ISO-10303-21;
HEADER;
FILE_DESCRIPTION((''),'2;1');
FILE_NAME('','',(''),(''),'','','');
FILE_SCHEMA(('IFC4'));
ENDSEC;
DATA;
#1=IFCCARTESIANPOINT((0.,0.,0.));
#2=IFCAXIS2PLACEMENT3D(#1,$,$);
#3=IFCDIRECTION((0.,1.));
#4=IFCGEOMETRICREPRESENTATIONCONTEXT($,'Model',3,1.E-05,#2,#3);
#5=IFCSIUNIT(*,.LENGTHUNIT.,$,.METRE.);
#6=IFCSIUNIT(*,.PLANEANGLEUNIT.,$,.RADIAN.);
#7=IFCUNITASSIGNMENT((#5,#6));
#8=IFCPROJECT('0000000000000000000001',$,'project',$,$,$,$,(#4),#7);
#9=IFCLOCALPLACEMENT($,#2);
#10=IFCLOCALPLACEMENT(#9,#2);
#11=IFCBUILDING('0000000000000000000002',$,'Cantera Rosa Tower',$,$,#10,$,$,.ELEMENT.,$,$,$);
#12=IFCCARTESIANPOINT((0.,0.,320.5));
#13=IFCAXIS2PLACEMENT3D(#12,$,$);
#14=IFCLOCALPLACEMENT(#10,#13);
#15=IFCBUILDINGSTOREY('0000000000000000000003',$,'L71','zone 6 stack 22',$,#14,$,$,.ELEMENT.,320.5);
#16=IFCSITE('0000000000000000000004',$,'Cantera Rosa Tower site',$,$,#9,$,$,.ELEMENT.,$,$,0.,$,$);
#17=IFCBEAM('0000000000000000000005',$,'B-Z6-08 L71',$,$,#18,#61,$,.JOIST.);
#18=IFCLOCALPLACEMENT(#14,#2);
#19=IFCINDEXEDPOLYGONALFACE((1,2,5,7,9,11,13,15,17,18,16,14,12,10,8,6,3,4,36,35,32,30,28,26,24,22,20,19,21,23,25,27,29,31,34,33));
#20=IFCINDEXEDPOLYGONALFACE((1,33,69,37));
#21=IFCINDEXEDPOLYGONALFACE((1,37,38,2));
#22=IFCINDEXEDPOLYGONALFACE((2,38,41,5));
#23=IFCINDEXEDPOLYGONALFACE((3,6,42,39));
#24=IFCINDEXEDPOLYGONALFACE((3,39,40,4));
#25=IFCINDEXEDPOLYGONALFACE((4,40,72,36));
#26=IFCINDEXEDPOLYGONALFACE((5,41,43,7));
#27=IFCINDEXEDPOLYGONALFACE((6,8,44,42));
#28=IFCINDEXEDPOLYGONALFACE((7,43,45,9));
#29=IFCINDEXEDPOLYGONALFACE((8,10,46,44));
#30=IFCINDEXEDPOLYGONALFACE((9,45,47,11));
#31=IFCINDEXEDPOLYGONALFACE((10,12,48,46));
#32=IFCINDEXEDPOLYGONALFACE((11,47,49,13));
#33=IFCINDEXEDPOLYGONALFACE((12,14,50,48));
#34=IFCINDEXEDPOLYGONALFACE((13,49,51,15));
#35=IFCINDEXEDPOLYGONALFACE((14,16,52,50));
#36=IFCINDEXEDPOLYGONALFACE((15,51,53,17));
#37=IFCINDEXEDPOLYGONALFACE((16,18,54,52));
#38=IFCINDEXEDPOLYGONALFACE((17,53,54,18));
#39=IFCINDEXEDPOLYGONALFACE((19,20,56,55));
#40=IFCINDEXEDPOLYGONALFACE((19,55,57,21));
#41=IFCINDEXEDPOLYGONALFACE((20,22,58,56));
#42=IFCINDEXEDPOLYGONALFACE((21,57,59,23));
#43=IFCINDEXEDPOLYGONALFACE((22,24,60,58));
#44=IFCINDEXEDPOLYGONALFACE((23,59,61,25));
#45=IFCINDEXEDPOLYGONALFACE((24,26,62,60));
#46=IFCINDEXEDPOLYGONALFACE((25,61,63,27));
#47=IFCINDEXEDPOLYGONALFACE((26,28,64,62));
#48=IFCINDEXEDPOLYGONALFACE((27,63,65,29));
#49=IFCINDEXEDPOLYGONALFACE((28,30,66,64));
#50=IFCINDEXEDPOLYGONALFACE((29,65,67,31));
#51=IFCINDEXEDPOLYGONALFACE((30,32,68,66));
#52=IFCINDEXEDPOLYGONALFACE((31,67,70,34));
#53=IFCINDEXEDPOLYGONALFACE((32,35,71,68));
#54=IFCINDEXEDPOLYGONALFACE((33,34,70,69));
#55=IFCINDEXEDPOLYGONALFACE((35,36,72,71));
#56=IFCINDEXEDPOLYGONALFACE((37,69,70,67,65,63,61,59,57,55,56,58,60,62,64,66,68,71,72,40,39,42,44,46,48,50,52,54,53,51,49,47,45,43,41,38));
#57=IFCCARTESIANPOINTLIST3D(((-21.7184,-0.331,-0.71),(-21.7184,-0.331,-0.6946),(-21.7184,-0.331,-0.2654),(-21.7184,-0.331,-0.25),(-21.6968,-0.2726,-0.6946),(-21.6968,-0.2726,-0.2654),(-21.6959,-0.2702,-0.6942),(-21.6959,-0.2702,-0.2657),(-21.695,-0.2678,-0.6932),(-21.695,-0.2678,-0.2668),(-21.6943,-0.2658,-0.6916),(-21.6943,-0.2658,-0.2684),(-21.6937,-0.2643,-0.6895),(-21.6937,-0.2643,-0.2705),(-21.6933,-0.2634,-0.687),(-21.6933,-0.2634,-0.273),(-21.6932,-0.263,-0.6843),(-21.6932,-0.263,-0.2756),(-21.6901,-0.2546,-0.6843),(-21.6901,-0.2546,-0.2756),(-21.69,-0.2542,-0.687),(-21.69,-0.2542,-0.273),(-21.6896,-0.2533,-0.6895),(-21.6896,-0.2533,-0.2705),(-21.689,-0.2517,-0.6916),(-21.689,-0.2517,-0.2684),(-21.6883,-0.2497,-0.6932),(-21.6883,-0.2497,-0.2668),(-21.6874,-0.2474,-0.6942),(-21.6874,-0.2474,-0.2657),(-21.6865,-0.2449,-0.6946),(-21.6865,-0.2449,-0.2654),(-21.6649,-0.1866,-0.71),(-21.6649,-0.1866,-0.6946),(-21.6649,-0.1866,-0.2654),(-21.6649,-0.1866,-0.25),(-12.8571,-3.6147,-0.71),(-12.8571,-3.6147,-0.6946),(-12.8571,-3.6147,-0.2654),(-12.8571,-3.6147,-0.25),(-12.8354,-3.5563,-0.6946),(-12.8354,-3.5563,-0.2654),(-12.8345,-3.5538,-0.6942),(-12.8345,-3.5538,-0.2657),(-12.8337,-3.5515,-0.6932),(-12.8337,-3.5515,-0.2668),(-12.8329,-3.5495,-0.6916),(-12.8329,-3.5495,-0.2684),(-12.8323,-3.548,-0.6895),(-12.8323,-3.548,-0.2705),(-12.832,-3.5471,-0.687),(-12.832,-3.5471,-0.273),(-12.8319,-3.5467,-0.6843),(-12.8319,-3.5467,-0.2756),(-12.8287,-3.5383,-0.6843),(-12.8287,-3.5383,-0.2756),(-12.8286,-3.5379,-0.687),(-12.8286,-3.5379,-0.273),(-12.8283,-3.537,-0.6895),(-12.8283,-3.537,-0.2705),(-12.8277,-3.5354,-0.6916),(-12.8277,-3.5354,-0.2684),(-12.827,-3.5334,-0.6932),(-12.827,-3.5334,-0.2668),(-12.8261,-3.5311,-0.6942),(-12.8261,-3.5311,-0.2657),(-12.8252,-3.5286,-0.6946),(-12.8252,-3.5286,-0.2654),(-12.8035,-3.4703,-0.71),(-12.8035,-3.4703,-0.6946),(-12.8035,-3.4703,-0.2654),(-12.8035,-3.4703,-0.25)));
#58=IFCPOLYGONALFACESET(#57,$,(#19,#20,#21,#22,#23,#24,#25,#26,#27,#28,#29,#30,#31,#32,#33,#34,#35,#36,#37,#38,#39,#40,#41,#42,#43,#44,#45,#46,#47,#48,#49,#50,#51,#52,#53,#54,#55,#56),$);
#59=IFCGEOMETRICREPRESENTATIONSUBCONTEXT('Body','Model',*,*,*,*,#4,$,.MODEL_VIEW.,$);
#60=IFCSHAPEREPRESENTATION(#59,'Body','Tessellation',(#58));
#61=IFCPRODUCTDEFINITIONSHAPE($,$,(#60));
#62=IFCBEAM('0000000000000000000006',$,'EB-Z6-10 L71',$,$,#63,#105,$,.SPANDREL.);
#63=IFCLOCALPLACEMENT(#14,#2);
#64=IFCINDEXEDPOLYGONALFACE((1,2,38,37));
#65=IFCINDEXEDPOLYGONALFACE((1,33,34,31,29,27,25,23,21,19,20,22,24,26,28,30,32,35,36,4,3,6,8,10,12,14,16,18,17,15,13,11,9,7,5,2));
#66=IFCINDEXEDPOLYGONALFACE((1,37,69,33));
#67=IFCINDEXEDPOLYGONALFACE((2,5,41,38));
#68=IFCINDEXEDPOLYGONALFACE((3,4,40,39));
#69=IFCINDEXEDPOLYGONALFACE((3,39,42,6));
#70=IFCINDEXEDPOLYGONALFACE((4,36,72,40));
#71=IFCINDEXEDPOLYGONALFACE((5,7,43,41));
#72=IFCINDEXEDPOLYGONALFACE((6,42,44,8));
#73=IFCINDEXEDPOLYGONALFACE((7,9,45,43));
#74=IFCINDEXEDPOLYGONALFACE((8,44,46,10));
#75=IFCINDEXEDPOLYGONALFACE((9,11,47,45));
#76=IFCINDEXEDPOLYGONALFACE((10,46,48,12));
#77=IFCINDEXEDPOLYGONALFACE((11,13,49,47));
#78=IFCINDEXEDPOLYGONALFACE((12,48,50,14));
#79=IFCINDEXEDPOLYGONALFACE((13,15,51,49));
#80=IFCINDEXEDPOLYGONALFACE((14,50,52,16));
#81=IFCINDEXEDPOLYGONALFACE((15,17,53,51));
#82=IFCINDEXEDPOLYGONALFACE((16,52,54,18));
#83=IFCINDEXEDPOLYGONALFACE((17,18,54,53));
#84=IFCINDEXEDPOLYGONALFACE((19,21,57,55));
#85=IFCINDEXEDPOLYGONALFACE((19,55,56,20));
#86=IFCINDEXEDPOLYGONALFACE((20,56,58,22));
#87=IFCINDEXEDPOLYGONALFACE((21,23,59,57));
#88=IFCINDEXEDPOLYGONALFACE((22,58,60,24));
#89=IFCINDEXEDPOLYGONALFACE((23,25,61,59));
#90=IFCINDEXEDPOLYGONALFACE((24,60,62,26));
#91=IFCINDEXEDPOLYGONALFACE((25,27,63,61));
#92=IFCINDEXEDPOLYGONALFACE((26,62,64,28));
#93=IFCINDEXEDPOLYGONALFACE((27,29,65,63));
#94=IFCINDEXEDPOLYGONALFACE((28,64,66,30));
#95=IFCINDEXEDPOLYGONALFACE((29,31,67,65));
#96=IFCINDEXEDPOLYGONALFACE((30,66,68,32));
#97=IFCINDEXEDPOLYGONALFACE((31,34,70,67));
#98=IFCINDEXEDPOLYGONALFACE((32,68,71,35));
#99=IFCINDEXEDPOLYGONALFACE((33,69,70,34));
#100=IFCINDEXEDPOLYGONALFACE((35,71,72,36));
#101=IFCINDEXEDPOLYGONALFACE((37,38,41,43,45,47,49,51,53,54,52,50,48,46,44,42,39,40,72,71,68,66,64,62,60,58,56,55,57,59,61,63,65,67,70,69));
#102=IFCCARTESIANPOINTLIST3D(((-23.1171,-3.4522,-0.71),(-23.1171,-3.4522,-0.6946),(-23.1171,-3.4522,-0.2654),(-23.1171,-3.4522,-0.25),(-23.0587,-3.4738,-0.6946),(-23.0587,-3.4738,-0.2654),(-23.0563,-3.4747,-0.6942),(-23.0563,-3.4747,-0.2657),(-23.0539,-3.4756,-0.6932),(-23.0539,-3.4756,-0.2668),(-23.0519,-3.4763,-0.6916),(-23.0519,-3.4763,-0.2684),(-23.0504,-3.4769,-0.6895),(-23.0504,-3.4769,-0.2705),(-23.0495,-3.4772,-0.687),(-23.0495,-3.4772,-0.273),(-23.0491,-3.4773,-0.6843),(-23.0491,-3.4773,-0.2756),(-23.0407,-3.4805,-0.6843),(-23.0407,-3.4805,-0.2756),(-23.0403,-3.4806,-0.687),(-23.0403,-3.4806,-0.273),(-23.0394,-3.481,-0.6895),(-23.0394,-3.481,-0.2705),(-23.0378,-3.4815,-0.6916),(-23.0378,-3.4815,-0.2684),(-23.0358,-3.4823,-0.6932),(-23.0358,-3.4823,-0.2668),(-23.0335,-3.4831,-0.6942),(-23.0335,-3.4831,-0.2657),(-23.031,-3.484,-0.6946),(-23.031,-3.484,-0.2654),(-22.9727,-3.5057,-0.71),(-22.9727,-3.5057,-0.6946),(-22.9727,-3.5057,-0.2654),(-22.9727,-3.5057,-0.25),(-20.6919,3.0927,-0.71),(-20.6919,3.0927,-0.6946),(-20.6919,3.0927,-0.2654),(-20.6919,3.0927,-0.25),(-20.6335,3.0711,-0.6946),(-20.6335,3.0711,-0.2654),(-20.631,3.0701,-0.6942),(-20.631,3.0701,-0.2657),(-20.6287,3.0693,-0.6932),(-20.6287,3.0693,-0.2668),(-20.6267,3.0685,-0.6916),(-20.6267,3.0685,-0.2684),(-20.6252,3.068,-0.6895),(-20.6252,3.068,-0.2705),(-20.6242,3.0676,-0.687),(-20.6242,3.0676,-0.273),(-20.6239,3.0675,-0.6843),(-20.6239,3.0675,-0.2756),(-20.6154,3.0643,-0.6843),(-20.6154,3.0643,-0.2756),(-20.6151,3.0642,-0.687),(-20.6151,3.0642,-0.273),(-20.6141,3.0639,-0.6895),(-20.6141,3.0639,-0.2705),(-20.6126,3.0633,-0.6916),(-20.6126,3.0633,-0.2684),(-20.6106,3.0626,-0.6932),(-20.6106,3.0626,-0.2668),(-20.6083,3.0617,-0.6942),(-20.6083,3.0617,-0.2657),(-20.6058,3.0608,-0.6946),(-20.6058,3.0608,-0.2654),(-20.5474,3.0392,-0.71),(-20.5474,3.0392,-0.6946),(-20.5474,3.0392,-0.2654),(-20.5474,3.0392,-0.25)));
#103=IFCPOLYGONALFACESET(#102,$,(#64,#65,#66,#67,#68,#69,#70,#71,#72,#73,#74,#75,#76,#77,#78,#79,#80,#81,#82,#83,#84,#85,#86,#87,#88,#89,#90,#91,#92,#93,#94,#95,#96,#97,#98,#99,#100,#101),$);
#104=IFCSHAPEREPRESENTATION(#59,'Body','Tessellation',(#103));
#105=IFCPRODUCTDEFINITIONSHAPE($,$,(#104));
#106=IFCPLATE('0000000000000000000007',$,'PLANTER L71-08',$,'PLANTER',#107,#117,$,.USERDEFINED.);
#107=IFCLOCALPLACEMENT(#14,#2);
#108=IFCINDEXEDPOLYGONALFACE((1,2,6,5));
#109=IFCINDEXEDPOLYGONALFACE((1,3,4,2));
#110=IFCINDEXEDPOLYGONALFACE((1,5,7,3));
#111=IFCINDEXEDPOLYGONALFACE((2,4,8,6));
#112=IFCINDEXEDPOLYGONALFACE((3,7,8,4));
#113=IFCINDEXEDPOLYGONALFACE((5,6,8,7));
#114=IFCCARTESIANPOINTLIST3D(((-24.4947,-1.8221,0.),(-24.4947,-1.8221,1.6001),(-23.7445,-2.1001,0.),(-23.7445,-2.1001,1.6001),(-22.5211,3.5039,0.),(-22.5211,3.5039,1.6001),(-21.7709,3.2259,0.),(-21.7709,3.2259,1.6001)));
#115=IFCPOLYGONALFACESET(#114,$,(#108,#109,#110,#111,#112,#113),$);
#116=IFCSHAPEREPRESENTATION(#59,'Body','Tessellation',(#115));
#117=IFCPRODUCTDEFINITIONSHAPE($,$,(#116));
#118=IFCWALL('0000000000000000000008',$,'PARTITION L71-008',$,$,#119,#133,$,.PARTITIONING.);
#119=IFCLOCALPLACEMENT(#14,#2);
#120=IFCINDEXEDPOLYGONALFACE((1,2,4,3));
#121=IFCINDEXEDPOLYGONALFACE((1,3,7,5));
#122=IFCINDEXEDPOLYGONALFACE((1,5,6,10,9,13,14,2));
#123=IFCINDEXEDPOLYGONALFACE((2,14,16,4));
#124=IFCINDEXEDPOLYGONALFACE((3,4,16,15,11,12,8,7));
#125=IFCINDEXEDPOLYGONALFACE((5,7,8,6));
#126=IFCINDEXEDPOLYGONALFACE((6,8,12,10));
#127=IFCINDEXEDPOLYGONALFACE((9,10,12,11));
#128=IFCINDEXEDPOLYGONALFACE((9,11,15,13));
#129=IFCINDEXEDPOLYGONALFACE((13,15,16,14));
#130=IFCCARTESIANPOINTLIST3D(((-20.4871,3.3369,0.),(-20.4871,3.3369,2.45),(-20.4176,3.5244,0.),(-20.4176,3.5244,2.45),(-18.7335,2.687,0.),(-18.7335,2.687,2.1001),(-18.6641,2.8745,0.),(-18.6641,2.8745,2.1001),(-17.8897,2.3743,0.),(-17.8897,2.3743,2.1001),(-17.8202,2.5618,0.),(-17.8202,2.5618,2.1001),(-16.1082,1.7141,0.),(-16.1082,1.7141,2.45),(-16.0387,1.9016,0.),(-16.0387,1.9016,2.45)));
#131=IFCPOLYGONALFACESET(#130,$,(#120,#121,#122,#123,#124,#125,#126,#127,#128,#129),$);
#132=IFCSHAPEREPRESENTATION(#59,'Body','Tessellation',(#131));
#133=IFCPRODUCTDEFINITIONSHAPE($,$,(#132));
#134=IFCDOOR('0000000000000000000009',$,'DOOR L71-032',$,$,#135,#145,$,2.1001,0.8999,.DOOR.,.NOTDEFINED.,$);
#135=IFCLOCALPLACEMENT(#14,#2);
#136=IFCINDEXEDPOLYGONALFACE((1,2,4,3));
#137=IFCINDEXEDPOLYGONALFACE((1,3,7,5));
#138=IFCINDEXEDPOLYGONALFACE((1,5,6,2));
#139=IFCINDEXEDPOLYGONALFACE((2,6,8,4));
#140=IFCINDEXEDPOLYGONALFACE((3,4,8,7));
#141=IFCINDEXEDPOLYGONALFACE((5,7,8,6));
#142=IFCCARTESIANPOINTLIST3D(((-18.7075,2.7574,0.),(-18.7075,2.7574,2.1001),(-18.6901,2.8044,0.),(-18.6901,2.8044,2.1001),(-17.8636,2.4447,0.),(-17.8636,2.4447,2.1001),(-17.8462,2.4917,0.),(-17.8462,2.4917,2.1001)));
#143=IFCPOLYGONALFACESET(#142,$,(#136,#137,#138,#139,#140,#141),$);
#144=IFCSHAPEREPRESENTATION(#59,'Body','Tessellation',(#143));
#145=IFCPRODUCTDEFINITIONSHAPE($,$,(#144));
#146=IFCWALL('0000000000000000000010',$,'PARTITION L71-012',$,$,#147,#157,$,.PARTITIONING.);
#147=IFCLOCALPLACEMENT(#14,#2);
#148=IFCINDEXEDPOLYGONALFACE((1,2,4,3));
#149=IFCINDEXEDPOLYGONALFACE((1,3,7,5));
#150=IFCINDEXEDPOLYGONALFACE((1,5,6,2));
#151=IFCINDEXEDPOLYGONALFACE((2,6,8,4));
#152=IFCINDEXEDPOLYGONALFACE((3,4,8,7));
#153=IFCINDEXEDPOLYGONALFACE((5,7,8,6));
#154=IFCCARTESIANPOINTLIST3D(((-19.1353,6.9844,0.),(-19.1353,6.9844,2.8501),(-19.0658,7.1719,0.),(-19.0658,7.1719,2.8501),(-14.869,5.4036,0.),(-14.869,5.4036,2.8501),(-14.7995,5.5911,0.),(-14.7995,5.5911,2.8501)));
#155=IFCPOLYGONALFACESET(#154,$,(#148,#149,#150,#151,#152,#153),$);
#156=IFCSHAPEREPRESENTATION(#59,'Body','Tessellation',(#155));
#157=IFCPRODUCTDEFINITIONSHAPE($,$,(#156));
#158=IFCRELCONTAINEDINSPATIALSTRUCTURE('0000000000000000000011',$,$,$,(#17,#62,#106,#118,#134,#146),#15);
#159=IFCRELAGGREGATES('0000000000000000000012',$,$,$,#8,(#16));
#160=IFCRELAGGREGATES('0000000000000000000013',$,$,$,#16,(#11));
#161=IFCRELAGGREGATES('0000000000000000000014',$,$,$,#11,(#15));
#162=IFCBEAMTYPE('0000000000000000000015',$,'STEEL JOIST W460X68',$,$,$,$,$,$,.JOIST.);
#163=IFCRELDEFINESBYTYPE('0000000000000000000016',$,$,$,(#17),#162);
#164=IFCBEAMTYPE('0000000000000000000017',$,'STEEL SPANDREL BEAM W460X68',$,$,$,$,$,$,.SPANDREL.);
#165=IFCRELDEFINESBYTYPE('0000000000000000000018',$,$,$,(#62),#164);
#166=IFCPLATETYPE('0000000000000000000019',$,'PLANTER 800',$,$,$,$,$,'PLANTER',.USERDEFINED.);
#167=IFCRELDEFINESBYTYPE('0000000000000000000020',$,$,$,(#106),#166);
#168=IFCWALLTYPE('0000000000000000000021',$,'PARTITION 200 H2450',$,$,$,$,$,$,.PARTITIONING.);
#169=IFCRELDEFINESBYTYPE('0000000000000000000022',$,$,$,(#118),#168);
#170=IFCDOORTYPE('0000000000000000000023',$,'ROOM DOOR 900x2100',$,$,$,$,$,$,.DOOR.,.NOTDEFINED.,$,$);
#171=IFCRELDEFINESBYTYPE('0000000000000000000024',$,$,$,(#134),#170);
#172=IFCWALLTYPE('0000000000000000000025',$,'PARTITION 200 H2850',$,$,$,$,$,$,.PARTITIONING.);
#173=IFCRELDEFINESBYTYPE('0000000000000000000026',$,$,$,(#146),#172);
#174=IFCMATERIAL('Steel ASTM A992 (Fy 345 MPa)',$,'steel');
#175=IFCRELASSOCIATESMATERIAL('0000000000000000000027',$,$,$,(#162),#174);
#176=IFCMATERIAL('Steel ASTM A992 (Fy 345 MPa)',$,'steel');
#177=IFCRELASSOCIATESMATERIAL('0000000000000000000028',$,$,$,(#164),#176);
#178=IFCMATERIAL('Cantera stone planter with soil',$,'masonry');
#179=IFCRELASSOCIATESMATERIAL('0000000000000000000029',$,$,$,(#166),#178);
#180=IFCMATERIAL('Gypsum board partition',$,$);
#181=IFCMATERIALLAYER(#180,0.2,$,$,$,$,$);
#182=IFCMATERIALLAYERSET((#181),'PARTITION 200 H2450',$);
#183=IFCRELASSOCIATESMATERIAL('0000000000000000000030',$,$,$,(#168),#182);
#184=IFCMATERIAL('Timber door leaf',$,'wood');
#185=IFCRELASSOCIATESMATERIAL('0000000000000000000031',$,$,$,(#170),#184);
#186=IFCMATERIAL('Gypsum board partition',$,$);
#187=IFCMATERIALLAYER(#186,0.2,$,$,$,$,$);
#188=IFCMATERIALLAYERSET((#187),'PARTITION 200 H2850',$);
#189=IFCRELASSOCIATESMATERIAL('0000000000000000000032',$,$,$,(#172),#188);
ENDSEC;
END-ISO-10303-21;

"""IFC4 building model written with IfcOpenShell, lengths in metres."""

from ifc_helpers import new_model, si_unit, direction, frame, frame_2d, origin, origin_2d, place, context, subcontext, project, spatial, rectangle, i_section, extrude, material, layer, layer_set, material_profile, profile_set, type_object, element, fill, save


model = new_model("IFC4")

# Units and contexts
model_context = context("Model", 3, precision=1e-05, world=origin(), true_north=direction((0.0, 1.0)))
body_context = subcontext(model_context, "Body", "Model", "MODEL_VIEW")
ifc_project = project(units=[si_unit("LENGTHUNIT", "METRE"), si_unit("PLANEANGLEUNIT", "RADIAN")], contexts=[model_context])

# Site, building, storey
site_placement = place(None, origin())
site = spatial("IfcSite", under=ifc_project, at=site_placement, Name="Cantera Rosa Tower site", CompositionType="ELEMENT", RefElevation=0.0)
building_placement = place(site_placement, origin())
building = spatial("IfcBuilding", under=site, at=building_placement, Name="Cantera Rosa Tower", CompositionType="ELEMENT")
storey_placement = place(building_placement, frame((0.0, 0.0, 320.5)))
storey = spatial("IfcBuildingStorey", under=building, at=storey_placement, Name="L71", Description="zone 6 stack 22", CompositionType="ELEMENT", Elevation=320.5)

# Beams
ifc_material_1 = material(Name="Steel ASTM A992 (Fy 345 MPa)", Category="steel")
ifc_material_profile_1 = material_profile(ifc_material_1, i_section(OverallWidth=0.1541, OverallDepth=0.46, WebThickness=0.009, FlangeThickness=0.0154, FilletRadius=0.0103, at=origin_2d()), Name="W460X68")
ifc_profile_set_1 = profile_set([ifc_material_profile_1], Name="Steel ASTM A992 (Fy 345 MPa)")
beam_type_1 = type_object("IfcBeamType", Name="STEEL JOIST W460X68", PredefinedType="JOIST", material=ifc_profile_set_1)
for number, where, z_axis, x_axis, name in (
    (1, (-21.6917, -0.2588, -0.48), (0.93769, -0.347474, 0.0), (0.347474, 0.93769, 0.0), "B-Z6-08 L71"),
):
    element("IfcBeam", number, at=place(storey_placement, frame(where, z_axis=z_axis, x_axis=x_axis)), inside=storey, type_object=beam_type_1, Name=name, PredefinedType="JOIST", context=body_context, shape_type="SweptSolid", body=[
        extrude(i_section(OverallWidth=0.1541, OverallDepth=0.46, WebThickness=0.009, FlangeThickness=0.0154, FilletRadius=0.0103, at=origin_2d()), origin(), (0.0, 0.0, 1.0), 9.4502),
    ])
ifc_material_2 = material(Name="Steel ASTM A992 (Fy 345 MPa)", Category="steel")
ifc_material_profile_2 = material_profile(ifc_material_2, i_section(OverallWidth=0.1541, OverallDepth=0.46, WebThickness=0.009, FlangeThickness=0.0154, FilletRadius=0.0103, at=origin_2d()), Name="W460X68")
ifc_profile_set_2 = profile_set([ifc_material_profile_2], Name="Steel ASTM A992 (Fy 345 MPa)")
beam_type_2 = type_object("IfcBeamType", Name="STEEL SPANDREL BEAM W460X68", PredefinedType="SPANDREL", material=ifc_profile_set_2)
beam_1_placement = place(storey_placement, frame((-20.6196, 3.0659, -0.48), z_axis=(-0.347472, -0.937691, 0.0), x_axis=(0.937691, -0.347472, 0.0)))
element("IfcBeam", 2, at=beam_1_placement, inside=storey, type_object=beam_type_2, Name="EB-Z6-10 L71", PredefinedType="SPANDREL", context=body_context, shape_type="SweptSolid", body=[
    extrude(i_section(OverallWidth=0.1541, OverallDepth=0.46, WebThickness=0.009, FlangeThickness=0.0154, FilletRadius=0.0103, at=origin_2d()), origin(), (0.0, 0.0, 1.0), 6.9797),
])

# Plate
ifc_material_3 = material(Name="Cantera stone planter with soil", Category="masonry")
plate_type = type_object("IfcPlateType", Name="PLANTER 800", ElementType="PLANTER", PredefinedType="USERDEFINED", material=ifc_material_3)
plate_placement = place(storey_placement, frame((-23.1328, 0.7019, 0.0), z_axis=(0.0, 0.0, 1.0), x_axis=(-0.347481, -0.937687, 0.0)))
element("IfcPlate", 3, at=plate_placement, inside=storey, type_object=plate_type, Name="PLANTER L71-08", ObjectType="PLANTER", PredefinedType="USERDEFINED", context=body_context, shape_type="SweptSolid", body=[
    extrude(rectangle(XDim=5.6799, YDim=0.8, at=origin_2d()), origin(), (0.0, 0.0, 1.0), 1.6001),
])

# Wall, opening, door
ifc_material_4 = material(Name="Gypsum board partition")
ifc_layer_1 = layer(ifc_material_4, 0.2)
ifc_layer_set_1 = layer_set([ifc_layer_1], Name="PARTITION 200 H2450")
wall_type_1 = type_object("IfcWallType", Name="PARTITION 200 H2450", PredefinedType="PARTITIONING", material=ifc_layer_set_1)
wall_1_placement = place(storey_placement, frame((-16.0735, 1.8079, 0.0), z_axis=(0.0, 0.0, 1.0), x_axis=(-0.93768, 0.3475, 0.0)))
wall_1 = element("IfcWall", 4, at=wall_1_placement, inside=storey, type_object=wall_type_1, Name="PARTITION L71-008", PredefinedType="PARTITIONING", context=body_context, shape_type="SweptSolid", body=[
    extrude(rectangle(XDim=4.6699, YDim=0.2, at=frame_2d((2.335, 0.0))), origin(), (0.0, 0.0, 1.0), 2.45),
])
opening_1_placement = place(wall_1_placement, frame((1.8999, 0.0, 0.0)))
opening_1 = element("IfcOpeningElement", 5, at=opening_1_placement, cuts=wall_1, PredefinedType="OPENING", context=body_context, shape_type="SweptSolid", body=[
    extrude(rectangle(XDim=0.8999, YDim=2.1001, at=frame_2d((0.45, 1.05))), frame((0.0, 0.1099, 0.0), z_axis=(0.0, -1.0, 0.0), x_axis=(1.0, 0.0, 0.0)), (0.0, 0.0, 1.0), 0.22),
])
ifc_material_5 = material(Name="Timber door leaf", Category="wood")
door_type_1 = type_object("IfcDoorType", Name="ROOM DOOR 900x2100", OperationType="NOTDEFINED", PredefinedType="DOOR", material=ifc_material_5)
door_1_placement = place(opening_1_placement, origin())
door_1 = element("IfcDoor", 6, at=door_1_placement, inside=storey, type_object=door_type_1, Name="DOOR L71-032", OperationType="NOTDEFINED", OverallHeight=2.1001, OverallWidth=0.8999, PredefinedType="DOOR", context=body_context, shape_type="SweptSolid", body=[
    extrude(rectangle(XDim=0.8999, YDim=2.1001, at=frame_2d((0.45, 1.05))), frame((0.0, 0.0249, 0.0), z_axis=(0.0, -1.0, 0.0), x_axis=(1.0, 0.0, 0.0)), (0.0, 0.0, 1.0), 0.05),
])
fill(opening_1, door_1)

# Wall
ifc_material_6 = material(Name="Gypsum board partition")
ifc_layer_2 = layer(ifc_material_6, 0.2)
ifc_layer_set_2 = layer_set([ifc_layer_2], Name="PARTITION 200 H2850")
wall_type_2 = type_object("IfcWallType", Name="PARTITION 200 H2850", PredefinedType="PARTITIONING", material=ifc_layer_set_2)
wall_2_placement = place(storey_placement, frame((-14.8342, 5.4973, 0.0), z_axis=(0.0, 0.0, 1.0), x_axis=(-0.9377, 0.347445, 0.0)))
element("IfcWall", 7, at=wall_2_placement, inside=storey, type_object=wall_type_2, Name="PARTITION L71-012", PredefinedType="PARTITIONING", context=body_context, shape_type="SweptSolid", body=[
    extrude(rectangle(XDim=4.5498, YDim=0.2, at=frame_2d((2.2749, 0.0))), origin(), (0.0, 0.0, 1.0), 2.8501),
])

save(model, "model.ifc")
